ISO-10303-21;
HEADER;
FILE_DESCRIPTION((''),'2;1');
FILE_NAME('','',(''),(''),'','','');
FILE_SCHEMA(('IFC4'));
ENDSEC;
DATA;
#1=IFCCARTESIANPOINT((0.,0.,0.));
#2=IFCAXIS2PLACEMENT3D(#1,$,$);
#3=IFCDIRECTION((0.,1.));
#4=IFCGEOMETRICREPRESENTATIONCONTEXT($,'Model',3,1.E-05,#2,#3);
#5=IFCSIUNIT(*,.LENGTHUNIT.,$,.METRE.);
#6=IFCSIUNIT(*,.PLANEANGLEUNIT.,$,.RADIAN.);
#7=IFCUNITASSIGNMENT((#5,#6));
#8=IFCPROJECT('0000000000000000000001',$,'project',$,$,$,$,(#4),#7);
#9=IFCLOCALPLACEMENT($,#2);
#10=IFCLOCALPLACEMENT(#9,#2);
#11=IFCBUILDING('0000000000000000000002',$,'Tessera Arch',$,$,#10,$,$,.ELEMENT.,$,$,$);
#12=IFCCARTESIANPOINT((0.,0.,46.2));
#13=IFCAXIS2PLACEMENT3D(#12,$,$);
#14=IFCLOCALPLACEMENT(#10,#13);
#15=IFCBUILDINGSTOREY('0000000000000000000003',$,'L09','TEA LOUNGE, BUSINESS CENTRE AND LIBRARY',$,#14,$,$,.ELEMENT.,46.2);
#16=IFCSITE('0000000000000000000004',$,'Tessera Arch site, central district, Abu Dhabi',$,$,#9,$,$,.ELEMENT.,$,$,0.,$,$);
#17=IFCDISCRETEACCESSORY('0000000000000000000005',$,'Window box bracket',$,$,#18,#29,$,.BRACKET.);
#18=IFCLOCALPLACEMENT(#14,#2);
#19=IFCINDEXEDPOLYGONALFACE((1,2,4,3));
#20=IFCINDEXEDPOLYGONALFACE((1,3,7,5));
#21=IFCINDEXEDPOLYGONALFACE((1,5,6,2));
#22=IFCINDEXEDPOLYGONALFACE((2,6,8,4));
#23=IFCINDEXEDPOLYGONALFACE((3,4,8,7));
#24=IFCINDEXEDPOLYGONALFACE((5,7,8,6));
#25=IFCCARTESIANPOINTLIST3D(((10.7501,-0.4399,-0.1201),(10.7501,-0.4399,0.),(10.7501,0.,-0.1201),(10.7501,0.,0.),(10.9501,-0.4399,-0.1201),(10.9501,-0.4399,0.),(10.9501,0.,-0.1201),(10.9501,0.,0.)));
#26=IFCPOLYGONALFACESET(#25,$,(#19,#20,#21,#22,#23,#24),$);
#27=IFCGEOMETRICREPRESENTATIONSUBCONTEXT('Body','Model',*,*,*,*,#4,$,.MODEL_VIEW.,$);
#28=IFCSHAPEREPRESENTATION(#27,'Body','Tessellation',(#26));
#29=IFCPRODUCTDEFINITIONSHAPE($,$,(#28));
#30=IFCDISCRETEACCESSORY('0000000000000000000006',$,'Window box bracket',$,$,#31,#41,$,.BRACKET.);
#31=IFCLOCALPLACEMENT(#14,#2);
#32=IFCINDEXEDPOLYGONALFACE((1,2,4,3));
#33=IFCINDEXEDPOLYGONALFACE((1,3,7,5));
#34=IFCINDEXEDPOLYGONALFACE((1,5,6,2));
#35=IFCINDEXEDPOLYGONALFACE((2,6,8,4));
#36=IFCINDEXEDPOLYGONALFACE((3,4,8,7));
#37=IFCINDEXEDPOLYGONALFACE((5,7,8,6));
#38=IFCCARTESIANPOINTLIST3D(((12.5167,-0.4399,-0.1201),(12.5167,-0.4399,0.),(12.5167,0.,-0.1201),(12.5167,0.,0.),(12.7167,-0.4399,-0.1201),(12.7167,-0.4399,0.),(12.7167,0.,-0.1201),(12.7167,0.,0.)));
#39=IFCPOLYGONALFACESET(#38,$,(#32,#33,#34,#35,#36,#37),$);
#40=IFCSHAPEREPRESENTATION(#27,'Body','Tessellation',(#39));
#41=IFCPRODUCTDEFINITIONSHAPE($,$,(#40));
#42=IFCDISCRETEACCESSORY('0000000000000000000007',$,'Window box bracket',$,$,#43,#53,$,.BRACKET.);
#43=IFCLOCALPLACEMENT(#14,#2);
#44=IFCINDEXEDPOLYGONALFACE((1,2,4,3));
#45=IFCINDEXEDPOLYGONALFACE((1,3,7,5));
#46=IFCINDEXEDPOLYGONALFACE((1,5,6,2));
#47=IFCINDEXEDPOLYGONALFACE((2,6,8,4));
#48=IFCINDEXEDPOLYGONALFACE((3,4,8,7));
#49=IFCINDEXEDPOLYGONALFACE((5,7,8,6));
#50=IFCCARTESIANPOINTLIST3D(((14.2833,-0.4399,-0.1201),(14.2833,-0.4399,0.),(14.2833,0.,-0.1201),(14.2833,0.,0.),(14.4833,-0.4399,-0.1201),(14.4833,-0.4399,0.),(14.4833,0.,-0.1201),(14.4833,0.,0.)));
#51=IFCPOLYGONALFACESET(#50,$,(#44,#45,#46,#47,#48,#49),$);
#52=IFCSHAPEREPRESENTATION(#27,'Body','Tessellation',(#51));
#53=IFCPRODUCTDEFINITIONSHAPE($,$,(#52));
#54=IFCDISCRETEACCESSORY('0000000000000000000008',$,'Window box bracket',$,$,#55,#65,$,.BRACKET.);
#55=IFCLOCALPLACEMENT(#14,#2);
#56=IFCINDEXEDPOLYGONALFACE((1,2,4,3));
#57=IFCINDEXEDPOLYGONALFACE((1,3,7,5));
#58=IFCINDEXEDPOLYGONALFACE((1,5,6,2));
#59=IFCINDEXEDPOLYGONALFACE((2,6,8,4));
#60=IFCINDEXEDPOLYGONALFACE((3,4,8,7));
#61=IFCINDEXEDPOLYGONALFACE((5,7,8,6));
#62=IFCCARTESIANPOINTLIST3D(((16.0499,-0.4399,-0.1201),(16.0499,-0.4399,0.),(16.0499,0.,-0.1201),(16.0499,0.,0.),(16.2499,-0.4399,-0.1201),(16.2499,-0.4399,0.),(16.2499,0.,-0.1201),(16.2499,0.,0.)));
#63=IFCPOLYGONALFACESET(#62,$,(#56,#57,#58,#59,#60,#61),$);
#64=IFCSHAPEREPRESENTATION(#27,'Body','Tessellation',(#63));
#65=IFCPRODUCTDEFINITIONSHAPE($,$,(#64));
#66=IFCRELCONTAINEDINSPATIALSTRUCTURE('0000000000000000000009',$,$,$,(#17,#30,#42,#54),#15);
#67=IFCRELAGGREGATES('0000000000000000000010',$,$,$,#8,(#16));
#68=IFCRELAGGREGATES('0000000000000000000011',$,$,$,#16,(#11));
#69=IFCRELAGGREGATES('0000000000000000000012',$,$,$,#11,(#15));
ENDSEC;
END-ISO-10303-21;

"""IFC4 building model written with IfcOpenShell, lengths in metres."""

from ifc_helpers import new_model, si_unit, direction, frame, origin, origin_2d, place, context, subcontext, project, spatial, rectangle, extrude, element, save


model = new_model("IFC4")

# Units and contexts
model_context = context("Model", 3, precision=1e-05, world=origin(), true_north=direction((0.0, 1.0)))
body_context = subcontext(model_context, "Body", "Model", "MODEL_VIEW")
ifc_project = project(units=[si_unit("LENGTHUNIT", "METRE"), si_unit("PLANEANGLEUNIT", "RADIAN")], contexts=[model_context])

# Site, building, storey
site_placement = place(None, origin())
site = spatial("IfcSite", under=ifc_project, at=site_placement, Name="Tessera Arch site, central district, Abu Dhabi", CompositionType="ELEMENT", RefElevation=0.0)
building_placement = place(site_placement, origin())
building = spatial("IfcBuilding", under=site, at=building_placement, Name="Tessera Arch", CompositionType="ELEMENT")
storey_placement = place(building_placement, frame((0.0, 0.0, 46.2)))
storey = spatial("IfcBuildingStorey", under=building, at=storey_placement, Name="L09", Description="TEA LOUNGE, BUSINESS CENTRE AND LIBRARY", CompositionType="ELEMENT", Elevation=46.2)

# Discrete accessories
for number, where, z_axis, x_axis, name in (
    (1, (10.8501, -0.22, -0.1201), (0.0, 0.0, 1.0), (0.0, -1.0, 0.0), "Window box bracket"),
    (2, (12.6167, -0.22, -0.1201), (0.0, 0.0, 1.0), (0.0, -1.0, 0.0), "Window box bracket"),
    (3, (14.3833, -0.22, -0.1201), (0.0, 0.0, 1.0), (0.0, -1.0, 0.0), "Window box bracket"),
    (4, (16.1499, -0.22, -0.1201), (0.0, 0.0, 1.0), (0.0, -1.0, 0.0), "Window box bracket"),
):
    element("IfcDiscreteAccessory", number, at=place(storey_placement, frame(where, z_axis=z_axis, x_axis=x_axis)), inside=storey, Name=name, PredefinedType="BRACKET", context=body_context, shape_type="SweptSolid", body=[
        extrude(rectangle(XDim=0.4399, YDim=0.2, at=origin_2d()), origin(), (0.0, 0.0, 1.0), 0.1201),
    ])

save(model, "model.ifc")
